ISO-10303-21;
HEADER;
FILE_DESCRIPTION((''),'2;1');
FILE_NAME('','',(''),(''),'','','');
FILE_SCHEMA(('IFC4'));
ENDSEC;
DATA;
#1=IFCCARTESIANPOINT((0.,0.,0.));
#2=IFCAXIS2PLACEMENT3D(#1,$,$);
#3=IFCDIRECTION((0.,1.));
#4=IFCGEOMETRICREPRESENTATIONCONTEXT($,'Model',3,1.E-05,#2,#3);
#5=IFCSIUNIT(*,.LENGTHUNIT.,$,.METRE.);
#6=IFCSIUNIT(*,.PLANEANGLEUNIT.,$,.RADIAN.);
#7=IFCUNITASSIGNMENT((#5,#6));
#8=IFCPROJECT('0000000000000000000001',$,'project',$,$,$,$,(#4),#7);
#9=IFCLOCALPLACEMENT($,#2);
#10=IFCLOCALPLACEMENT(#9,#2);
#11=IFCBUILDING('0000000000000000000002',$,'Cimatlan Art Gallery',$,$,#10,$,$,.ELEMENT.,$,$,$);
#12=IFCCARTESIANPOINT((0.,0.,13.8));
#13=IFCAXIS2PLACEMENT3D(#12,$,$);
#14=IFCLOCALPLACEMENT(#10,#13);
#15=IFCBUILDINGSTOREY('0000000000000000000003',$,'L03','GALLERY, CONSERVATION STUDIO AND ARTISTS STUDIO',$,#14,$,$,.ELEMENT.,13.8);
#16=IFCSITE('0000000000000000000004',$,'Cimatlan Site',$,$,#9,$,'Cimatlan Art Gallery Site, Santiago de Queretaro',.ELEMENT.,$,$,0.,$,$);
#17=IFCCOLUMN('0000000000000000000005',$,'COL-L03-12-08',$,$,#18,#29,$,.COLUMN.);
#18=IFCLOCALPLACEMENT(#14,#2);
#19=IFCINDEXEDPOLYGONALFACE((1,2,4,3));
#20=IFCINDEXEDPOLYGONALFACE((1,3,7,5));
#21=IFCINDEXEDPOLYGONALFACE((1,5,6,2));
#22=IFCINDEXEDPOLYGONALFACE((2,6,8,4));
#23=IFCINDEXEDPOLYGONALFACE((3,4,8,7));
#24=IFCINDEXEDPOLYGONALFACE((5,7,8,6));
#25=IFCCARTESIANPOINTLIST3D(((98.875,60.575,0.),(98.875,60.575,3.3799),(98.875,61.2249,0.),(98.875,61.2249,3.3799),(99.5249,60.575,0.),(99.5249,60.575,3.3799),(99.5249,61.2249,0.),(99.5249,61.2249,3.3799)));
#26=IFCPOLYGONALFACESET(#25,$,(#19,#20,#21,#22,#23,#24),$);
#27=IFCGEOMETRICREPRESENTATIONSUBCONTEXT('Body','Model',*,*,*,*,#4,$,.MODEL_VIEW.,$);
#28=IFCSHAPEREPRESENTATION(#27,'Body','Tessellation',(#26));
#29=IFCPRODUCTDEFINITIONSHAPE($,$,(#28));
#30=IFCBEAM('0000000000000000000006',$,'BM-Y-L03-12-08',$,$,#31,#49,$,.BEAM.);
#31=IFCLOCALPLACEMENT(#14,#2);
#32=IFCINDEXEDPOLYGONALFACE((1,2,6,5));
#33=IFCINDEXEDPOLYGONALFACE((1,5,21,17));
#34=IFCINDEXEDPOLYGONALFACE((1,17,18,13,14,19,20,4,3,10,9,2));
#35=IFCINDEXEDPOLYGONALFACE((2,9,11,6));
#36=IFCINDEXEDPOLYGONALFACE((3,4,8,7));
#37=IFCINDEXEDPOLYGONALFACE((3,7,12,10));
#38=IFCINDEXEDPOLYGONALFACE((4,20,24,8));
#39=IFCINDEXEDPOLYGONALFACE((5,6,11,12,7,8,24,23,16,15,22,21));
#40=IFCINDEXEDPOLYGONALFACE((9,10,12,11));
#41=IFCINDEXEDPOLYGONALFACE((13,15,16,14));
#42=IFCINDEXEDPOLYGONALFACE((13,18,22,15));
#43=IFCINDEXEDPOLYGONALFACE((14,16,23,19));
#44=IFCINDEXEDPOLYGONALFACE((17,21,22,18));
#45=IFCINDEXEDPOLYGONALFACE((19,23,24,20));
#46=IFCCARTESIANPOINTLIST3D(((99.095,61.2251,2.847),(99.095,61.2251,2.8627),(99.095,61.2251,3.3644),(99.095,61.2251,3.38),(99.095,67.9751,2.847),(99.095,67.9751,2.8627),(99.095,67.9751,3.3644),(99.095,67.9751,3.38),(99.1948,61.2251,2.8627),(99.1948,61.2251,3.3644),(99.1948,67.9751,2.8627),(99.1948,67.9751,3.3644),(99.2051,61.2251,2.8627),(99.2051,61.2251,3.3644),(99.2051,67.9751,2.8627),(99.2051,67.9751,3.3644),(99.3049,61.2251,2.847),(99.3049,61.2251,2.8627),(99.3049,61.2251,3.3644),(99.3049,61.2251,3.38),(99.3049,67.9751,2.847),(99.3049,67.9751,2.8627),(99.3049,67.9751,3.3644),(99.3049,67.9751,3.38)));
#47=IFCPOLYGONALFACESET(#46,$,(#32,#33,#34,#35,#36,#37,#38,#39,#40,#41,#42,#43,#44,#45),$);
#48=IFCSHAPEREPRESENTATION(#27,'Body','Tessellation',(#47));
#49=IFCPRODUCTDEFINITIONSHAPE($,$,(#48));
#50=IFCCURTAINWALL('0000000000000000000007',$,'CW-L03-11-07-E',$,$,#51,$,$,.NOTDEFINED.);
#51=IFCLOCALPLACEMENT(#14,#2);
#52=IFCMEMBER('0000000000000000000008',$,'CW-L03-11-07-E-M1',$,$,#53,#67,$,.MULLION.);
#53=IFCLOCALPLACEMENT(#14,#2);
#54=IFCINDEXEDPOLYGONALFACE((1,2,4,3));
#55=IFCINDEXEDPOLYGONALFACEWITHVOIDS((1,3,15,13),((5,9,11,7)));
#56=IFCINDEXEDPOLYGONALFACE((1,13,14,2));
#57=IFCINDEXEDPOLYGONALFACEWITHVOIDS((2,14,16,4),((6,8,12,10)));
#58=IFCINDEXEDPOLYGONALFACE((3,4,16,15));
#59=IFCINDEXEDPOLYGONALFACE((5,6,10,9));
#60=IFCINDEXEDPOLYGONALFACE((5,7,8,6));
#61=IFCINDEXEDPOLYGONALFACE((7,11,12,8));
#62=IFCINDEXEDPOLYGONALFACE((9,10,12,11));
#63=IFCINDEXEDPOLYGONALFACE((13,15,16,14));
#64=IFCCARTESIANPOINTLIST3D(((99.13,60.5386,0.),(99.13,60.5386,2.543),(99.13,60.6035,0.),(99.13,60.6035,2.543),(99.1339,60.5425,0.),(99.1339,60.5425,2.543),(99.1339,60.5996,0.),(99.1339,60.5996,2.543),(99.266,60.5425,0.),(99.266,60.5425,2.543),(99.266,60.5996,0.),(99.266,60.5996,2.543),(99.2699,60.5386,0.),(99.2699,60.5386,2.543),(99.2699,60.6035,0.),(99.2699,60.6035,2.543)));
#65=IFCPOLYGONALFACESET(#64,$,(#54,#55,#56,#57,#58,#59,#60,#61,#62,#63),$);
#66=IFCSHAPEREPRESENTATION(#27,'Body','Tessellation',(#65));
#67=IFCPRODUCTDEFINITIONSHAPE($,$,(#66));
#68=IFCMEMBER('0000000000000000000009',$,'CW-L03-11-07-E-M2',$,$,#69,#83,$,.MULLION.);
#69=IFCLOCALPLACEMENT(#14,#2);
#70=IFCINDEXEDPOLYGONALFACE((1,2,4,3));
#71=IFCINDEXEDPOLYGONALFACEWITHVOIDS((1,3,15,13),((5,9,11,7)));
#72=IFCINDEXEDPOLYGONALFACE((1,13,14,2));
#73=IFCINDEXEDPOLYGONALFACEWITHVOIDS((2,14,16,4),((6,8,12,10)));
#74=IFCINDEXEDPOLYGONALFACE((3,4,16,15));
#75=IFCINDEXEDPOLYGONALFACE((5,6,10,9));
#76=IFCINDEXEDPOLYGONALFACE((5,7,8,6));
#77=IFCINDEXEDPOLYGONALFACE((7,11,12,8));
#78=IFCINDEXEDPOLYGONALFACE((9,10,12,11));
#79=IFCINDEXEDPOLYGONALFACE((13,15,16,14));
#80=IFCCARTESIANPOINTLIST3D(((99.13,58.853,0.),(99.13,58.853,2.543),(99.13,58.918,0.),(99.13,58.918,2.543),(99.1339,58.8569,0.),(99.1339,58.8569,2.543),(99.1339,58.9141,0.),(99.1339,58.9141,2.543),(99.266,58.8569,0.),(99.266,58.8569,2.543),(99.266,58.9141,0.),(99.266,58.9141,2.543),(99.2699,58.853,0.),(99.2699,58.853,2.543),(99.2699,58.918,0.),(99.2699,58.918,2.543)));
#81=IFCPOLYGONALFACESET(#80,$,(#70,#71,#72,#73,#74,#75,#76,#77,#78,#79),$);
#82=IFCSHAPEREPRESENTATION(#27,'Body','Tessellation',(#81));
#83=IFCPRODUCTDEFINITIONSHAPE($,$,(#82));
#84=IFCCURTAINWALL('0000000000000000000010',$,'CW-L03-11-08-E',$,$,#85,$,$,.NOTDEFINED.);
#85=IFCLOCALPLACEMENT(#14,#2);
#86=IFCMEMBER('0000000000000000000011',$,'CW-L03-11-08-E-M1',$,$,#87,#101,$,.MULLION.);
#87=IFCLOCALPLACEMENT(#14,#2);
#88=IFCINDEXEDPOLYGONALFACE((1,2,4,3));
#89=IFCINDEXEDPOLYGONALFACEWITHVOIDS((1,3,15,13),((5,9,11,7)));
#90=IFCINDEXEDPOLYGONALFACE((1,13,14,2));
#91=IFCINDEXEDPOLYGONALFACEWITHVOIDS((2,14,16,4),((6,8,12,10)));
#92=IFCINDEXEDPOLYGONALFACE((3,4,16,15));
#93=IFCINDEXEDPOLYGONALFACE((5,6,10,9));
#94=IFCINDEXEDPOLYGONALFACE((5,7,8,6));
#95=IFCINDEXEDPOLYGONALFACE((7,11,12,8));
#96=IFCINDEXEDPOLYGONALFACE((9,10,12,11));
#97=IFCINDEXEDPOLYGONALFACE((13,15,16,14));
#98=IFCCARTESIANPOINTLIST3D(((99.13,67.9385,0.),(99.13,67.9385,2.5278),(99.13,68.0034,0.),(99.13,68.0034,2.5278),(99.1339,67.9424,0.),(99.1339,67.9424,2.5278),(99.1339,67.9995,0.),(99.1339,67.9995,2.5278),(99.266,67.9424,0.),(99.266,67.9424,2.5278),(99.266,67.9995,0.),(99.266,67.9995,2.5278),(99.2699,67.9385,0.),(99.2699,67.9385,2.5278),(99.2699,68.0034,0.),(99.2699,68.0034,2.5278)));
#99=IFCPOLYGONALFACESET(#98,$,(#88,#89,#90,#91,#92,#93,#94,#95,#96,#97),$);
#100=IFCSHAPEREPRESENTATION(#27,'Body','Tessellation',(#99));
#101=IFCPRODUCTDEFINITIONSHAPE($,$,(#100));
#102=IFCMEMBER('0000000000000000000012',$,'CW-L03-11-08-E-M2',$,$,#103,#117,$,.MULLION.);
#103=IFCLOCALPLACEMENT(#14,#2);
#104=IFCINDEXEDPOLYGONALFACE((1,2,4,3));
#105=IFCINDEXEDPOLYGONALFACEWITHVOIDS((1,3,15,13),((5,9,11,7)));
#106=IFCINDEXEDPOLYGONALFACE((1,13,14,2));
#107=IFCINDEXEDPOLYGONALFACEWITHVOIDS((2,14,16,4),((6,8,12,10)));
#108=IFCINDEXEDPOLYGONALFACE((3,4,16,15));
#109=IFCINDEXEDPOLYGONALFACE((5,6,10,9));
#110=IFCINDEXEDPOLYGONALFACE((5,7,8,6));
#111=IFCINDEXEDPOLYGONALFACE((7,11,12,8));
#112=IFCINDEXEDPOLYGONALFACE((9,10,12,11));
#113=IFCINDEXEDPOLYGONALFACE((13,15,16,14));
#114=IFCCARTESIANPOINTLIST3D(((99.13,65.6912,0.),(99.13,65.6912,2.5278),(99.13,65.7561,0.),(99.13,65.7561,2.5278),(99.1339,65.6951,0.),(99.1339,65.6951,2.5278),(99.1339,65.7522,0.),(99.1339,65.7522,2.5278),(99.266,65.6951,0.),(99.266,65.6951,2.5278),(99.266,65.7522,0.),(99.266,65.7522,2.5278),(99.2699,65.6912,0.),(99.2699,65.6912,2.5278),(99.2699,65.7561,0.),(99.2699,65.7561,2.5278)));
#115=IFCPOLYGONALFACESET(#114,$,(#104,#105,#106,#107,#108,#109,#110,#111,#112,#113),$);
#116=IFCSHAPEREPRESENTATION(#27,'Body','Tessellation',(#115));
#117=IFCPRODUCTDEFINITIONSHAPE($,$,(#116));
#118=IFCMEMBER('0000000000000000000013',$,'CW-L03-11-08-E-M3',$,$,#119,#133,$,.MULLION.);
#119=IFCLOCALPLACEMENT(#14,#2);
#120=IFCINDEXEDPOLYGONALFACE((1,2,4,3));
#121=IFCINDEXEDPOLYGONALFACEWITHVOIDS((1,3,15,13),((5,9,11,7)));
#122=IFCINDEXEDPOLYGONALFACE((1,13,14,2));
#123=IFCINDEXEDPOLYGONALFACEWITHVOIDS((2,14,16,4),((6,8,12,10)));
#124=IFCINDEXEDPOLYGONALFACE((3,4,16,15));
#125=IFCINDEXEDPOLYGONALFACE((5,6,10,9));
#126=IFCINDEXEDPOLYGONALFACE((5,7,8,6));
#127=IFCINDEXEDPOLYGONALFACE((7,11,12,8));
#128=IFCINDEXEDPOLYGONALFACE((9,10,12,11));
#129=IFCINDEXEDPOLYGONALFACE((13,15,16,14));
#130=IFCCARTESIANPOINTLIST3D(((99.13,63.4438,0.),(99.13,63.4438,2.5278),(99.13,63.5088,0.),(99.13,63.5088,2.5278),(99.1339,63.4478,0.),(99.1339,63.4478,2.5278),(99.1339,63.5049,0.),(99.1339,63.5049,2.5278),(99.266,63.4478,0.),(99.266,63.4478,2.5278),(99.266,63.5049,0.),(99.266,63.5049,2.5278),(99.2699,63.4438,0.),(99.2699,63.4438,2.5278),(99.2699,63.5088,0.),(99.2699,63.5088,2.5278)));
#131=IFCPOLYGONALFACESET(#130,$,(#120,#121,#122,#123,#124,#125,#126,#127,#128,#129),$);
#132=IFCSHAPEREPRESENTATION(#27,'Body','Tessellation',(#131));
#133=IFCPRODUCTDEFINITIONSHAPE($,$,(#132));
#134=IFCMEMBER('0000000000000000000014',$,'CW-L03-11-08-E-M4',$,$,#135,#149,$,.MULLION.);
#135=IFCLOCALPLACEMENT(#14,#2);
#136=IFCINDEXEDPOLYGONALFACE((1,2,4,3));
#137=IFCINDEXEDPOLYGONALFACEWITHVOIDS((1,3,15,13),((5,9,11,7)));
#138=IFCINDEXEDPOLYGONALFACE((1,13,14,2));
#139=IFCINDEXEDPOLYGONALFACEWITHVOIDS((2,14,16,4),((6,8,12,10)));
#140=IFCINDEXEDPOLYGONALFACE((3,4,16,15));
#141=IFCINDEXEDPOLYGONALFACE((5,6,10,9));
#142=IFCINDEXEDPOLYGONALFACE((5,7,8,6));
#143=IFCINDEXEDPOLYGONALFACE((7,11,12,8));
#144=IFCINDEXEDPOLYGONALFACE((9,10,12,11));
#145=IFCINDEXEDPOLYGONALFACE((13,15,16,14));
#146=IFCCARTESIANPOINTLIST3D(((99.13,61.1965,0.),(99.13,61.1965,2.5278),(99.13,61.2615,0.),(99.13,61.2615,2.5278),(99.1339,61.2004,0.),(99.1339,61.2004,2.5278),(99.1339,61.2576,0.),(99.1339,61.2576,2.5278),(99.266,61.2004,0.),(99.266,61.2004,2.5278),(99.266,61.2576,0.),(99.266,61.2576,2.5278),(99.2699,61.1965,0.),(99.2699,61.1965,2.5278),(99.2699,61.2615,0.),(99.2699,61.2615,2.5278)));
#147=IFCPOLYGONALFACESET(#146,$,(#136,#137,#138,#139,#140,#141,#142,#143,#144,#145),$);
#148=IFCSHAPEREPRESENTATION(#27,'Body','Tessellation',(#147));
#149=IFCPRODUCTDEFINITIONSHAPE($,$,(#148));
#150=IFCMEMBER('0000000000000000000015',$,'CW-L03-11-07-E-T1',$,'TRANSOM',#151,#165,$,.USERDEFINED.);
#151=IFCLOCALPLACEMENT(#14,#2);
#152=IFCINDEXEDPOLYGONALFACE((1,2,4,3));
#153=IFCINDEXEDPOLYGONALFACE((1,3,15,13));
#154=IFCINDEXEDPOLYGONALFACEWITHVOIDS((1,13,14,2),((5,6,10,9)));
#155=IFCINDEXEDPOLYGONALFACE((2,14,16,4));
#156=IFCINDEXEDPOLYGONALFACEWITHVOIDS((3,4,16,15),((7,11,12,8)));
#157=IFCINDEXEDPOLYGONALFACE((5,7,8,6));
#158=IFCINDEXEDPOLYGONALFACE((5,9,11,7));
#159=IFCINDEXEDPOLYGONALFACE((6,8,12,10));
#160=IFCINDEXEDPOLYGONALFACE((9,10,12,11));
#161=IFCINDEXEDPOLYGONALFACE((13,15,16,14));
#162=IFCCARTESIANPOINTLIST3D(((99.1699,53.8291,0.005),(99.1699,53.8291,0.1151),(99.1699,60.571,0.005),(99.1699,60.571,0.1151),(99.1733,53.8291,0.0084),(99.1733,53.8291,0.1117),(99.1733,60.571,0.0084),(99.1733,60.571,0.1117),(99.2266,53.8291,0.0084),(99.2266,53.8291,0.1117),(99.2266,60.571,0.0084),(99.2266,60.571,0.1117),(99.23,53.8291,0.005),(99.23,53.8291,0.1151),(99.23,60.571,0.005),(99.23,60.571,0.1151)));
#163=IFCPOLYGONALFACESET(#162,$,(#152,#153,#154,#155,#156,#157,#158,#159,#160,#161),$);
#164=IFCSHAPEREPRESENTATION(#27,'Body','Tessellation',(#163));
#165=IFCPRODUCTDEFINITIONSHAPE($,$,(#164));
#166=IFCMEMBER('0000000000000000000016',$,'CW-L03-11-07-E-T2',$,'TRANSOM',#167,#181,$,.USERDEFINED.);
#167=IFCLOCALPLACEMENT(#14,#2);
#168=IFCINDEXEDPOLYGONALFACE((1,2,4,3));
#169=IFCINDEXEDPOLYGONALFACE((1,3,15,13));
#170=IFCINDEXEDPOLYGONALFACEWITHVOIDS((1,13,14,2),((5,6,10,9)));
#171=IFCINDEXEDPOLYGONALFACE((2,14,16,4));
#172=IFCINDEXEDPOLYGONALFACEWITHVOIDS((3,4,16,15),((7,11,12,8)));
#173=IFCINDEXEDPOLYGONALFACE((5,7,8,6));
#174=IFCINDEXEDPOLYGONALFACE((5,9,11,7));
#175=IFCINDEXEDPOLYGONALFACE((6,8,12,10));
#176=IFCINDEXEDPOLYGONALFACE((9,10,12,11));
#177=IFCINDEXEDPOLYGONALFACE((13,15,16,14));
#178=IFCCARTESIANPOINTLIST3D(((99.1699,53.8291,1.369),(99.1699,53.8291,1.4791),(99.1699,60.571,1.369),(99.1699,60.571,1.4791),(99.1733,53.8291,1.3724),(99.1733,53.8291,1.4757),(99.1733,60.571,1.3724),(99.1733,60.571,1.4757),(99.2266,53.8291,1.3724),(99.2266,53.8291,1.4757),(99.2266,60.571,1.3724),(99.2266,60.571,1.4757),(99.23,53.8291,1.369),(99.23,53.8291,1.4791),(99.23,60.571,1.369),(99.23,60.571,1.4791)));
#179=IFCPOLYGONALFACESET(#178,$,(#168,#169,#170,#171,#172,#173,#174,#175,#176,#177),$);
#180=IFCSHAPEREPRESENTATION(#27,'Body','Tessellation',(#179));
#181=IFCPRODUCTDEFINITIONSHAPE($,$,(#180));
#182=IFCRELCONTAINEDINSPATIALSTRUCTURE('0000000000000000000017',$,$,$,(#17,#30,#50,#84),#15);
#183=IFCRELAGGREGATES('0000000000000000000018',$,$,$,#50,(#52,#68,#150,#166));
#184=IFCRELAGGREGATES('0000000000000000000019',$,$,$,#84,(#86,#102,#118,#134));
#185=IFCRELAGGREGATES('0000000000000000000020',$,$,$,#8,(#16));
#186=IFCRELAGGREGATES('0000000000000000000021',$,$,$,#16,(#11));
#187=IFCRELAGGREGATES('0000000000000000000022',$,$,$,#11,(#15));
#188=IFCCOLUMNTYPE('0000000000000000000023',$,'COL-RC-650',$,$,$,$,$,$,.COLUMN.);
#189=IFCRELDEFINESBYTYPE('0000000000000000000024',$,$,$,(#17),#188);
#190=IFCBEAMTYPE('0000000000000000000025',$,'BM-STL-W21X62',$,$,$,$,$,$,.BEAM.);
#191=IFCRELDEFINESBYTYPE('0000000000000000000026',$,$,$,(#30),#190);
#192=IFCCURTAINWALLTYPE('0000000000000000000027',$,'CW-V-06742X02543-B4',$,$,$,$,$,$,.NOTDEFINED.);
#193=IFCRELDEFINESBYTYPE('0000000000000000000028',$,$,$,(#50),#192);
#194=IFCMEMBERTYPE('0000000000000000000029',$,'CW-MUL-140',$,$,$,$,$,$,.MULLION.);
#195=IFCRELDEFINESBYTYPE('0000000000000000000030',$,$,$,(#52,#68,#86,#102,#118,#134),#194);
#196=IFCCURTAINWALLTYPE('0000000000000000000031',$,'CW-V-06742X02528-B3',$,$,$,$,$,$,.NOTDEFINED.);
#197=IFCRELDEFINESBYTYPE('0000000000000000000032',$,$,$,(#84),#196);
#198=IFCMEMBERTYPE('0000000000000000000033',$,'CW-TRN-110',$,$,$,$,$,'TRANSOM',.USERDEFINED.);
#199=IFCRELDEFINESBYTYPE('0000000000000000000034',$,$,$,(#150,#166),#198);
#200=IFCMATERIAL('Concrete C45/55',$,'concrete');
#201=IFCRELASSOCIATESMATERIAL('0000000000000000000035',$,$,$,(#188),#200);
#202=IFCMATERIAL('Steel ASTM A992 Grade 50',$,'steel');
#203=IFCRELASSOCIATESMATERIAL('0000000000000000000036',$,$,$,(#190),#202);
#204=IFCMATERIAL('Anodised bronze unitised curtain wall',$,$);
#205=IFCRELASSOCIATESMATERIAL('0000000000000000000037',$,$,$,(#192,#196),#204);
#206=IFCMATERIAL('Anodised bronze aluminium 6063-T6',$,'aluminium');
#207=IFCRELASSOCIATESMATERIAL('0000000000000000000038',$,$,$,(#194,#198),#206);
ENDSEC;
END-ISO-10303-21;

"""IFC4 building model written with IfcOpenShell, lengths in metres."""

from ifc_helpers import new_model, si_unit, direction, frame, origin, origin_2d, place, context, subcontext, project, spatial, rectangle, hollow_rectangle, i_section, extrude, material, material_profile, profile_set, type_object, element, aggregate, save


model = new_model("IFC4")

# Units and contexts
model_context = context("Model", 3, precision=1e-05, world=origin(), true_north=direction((0.0, 1.0)))
body_context = subcontext(model_context, "Body", "Model", "MODEL_VIEW")
ifc_project = project(units=[si_unit("LENGTHUNIT", "METRE"), si_unit("PLANEANGLEUNIT", "RADIAN")], contexts=[model_context])

# Site, building, storey
site_placement = place(None, origin())
site = spatial("IfcSite", under=ifc_project, at=site_placement, Name="Cimatlan Site", LongName="Cimatlan Art Gallery Site, Santiago de Queretaro", CompositionType="ELEMENT", RefElevation=0.0)
building_placement = place(site_placement, origin())
building = spatial("IfcBuilding", under=site, at=building_placement, Name="Cimatlan Art Gallery", CompositionType="ELEMENT")
storey_placement = place(building_placement, frame((0.0, 0.0, 13.8)))
storey = spatial("IfcBuildingStorey", under=building, at=storey_placement, Name="L03", Description="GALLERY, CONSERVATION STUDIO AND ARTISTS STUDIO", CompositionType="ELEMENT", Elevation=13.8)

# Column
ifc_material_1 = material(Name="Concrete C45/55", Category="concrete")
ifc_material_profile_1 = material_profile(ifc_material_1, rectangle(XDim=0.6499, YDim=0.6499, at=origin_2d()), Name="RC650X650")
ifc_profile_set_1 = profile_set([ifc_material_profile_1], Name="Concrete C45/55")
column_type = type_object("IfcColumnType", Name="COL-RC-650", PredefinedType="COLUMN", material=ifc_profile_set_1)
column_placement = place(storey_placement, frame((99.2, 60.8999, 0.0), z_axis=(0.0, 0.0, 1.0), x_axis=(1.0, 0.0, 0.0)))
element("IfcColumn", 1, at=column_placement, inside=storey, type_object=column_type, Name="COL-L03-12-08", PredefinedType="COLUMN", context=body_context, shape_type="SweptSolid", body=[
    extrude(rectangle(XDim=0.6499, YDim=0.6499, at=origin_2d()), origin(), (0.0, 0.0, 1.0), 3.3799),
])

# Beam
ifc_material_2 = material(Name="Steel ASTM A992 Grade 50", Category="steel")
ifc_material_profile_2 = material_profile(ifc_material_2, i_section(OverallWidth=0.21, OverallDepth=0.533, WebThickness=0.0103, FlangeThickness=0.0156, at=origin_2d()), Name="W21X62")
ifc_profile_set_2 = profile_set([ifc_material_profile_2], Name="Steel ASTM A992 Grade 50")
beam_type = type_object("IfcBeamType", Name="BM-STL-W21X62", PredefinedType="BEAM", material=ifc_profile_set_2)
beam_placement = place(storey_placement, frame((99.2, 61.2251, 3.1135), z_axis=(0.0, 1.0, 0.0), x_axis=(-1.0, 0.0, 0.0)))
element("IfcBeam", 2, at=beam_placement, inside=storey, type_object=beam_type, Name="BM-Y-L03-12-08", PredefinedType="BEAM", context=body_context, shape_type="SweptSolid", body=[
    extrude(i_section(OverallWidth=0.21, OverallDepth=0.533, WebThickness=0.0103, FlangeThickness=0.0156, at=origin_2d()), origin(), (0.0, 0.0, 1.0), 6.75),
])

# Curtain walls, members
ifc_material_3 = material(Name="Anodised bronze unitised curtain wall")
curtain_wall_type_1 = type_object("IfcCurtainWallType", Name="CW-V-06742X02543-B4", PredefinedType="NOTDEFINED", material=ifc_material_3)
curtain_wall_1_placement = place(storey_placement, origin())
curtain_wall_1 = element("IfcCurtainWall", 3, at=curtain_wall_1_placement, inside=storey, type_object=curtain_wall_type_1, Name="CW-L03-11-07-E", PredefinedType="NOTDEFINED")
ifc_material_4 = material(Name="Anodised bronze aluminium 6063-T6", Category="aluminium")
ifc_material_profile_3 = material_profile(ifc_material_4, hollow_rectangle(XDim=0.0649, YDim=0.1399, WallThickness=0.0039, at=origin_2d()), Name="ALU65X140X4")
ifc_profile_set_3 = profile_set([ifc_material_profile_3], Name="Anodised bronze aluminium 6063-T6")
member_type_1 = type_object("IfcMemberType", Name="CW-MUL-140", PredefinedType="MULLION", material=ifc_profile_set_3)
member_1_placement = place(storey_placement, frame((99.2, 60.571, 0.0), z_axis=(0.0, 0.0, 1.0), x_axis=(0.0, 1.0, 0.0)))
member_1 = element("IfcMember", 4, at=member_1_placement, type_object=member_type_1, Name="CW-L03-11-07-E-M1", PredefinedType="MULLION", context=body_context, shape_type="SweptSolid", body=[
    extrude(hollow_rectangle(XDim=0.0649, YDim=0.1399, WallThickness=0.0039, at=origin_2d()), origin(), (0.0, 0.0, 1.0), 2.543),
])
member_2_placement = place(storey_placement, frame((99.2, 58.8855, 0.0), z_axis=(0.0, 0.0, 1.0), x_axis=(0.0, 1.0, 0.0)))
member_2 = element("IfcMember", 5, at=member_2_placement, type_object=member_type_1, Name="CW-L03-11-07-E-M2", PredefinedType="MULLION", context=body_context, shape_type="SweptSolid", body=[
    extrude(hollow_rectangle(XDim=0.0649, YDim=0.1399, WallThickness=0.0039, at=origin_2d()), origin(), (0.0, 0.0, 1.0), 2.543),
])
curtain_wall_type_2 = type_object("IfcCurtainWallType", Name="CW-V-06742X02528-B3", PredefinedType="NOTDEFINED", material=ifc_material_3)
curtain_wall_2_placement = place(storey_placement, origin())
curtain_wall_2 = element("IfcCurtainWall", 6, at=curtain_wall_2_placement, inside=storey, type_object=curtain_wall_type_2, Name="CW-L03-11-08-E", PredefinedType="NOTDEFINED")
member_3_placement = place(storey_placement, frame((99.2, 67.9709, 0.0), z_axis=(0.0, 0.0, 1.0), x_axis=(0.0, 1.0, 0.0)))
member_3 = element("IfcMember", 7, at=member_3_placement, type_object=member_type_1, Name="CW-L03-11-08-E-M1", PredefinedType="MULLION", context=body_context, shape_type="SweptSolid", body=[
    extrude(hollow_rectangle(XDim=0.0649, YDim=0.1399, WallThickness=0.0039, at=origin_2d()), origin(), (0.0, 0.0, 1.0), 2.5278),
])
member_4_placement = place(storey_placement, frame((99.2, 65.7236, 0.0), z_axis=(0.0, 0.0, 1.0), x_axis=(0.0, 1.0, 0.0)))
member_4 = element("IfcMember", 8, at=member_4_placement, type_object=member_type_1, Name="CW-L03-11-08-E-M2", PredefinedType="MULLION", context=body_context, shape_type="SweptSolid", body=[
    extrude(hollow_rectangle(XDim=0.0649, YDim=0.1399, WallThickness=0.0039, at=origin_2d()), origin(), (0.0, 0.0, 1.0), 2.5278),
])
member_5_placement = place(storey_placement, frame((99.2, 63.4763, 0.0), z_axis=(0.0, 0.0, 1.0), x_axis=(0.0, 1.0, 0.0)))
member_5 = element("IfcMember", 9, at=member_5_placement, type_object=member_type_1, Name="CW-L03-11-08-E-M3", PredefinedType="MULLION", context=body_context, shape_type="SweptSolid", body=[
    extrude(hollow_rectangle(XDim=0.0649, YDim=0.1399, WallThickness=0.0039, at=origin_2d()), origin(), (0.0, 0.0, 1.0), 2.5278),
])
member_6_placement = place(storey_placement, frame((99.2, 61.229, 0.0), z_axis=(0.0, 0.0, 1.0), x_axis=(0.0, 1.0, 0.0)))
member_6 = element("IfcMember", 10, at=member_6_placement, type_object=member_type_1, Name="CW-L03-11-08-E-M4", PredefinedType="MULLION", context=body_context, shape_type="SweptSolid", body=[
    extrude(hollow_rectangle(XDim=0.0649, YDim=0.1399, WallThickness=0.0039, at=origin_2d()), origin(), (0.0, 0.0, 1.0), 2.5278),
])

# Members
ifc_material_profile_4 = material_profile(ifc_material_4, hollow_rectangle(XDim=0.0601, YDim=0.1101, WallThickness=0.0034, at=origin_2d()), Name="ALU60X110X3")
ifc_profile_set_4 = profile_set([ifc_material_profile_4], Name="Anodised bronze aluminium 6063-T6")
member_type_2 = type_object("IfcMemberType", Name="CW-TRN-110", ElementType="TRANSOM", PredefinedType="USERDEFINED", material=ifc_profile_set_4)
member_7_placement = place(storey_placement, frame((99.2, 60.571, 0.0601), z_axis=(0.0, -1.0, 0.0), x_axis=(1.0, 0.0, 0.0)))
member_7 = element("IfcMember", 11, at=member_7_placement, type_object=member_type_2, Name="CW-L03-11-07-E-T1", ObjectType="TRANSOM", PredefinedType="USERDEFINED", context=body_context, shape_type="SweptSolid", body=[
    extrude(hollow_rectangle(XDim=0.0601, YDim=0.1101, WallThickness=0.0034, at=origin_2d()), origin(), (0.0, 0.0, 1.0), 6.7419),
])
member_8_placement = place(storey_placement, frame((99.2, 60.571, 1.4241), z_axis=(0.0, -1.0, 0.0), x_axis=(1.0, 0.0, 0.0)))
member_8 = element("IfcMember", 12, at=member_8_placement, type_object=member_type_2, Name="CW-L03-11-07-E-T2", ObjectType="TRANSOM", PredefinedType="USERDEFINED", context=body_context, shape_type="SweptSolid", body=[
    extrude(hollow_rectangle(XDim=0.0601, YDim=0.1101, WallThickness=0.0034, at=origin_2d()), origin(), (0.0, 0.0, 1.0), 6.7419),
])

aggregate(curtain_wall_1, [member_1, member_2, member_7, member_8])
aggregate(curtain_wall_2, [member_3, member_4, member_5, member_6])

save(model, "model.ifc")
